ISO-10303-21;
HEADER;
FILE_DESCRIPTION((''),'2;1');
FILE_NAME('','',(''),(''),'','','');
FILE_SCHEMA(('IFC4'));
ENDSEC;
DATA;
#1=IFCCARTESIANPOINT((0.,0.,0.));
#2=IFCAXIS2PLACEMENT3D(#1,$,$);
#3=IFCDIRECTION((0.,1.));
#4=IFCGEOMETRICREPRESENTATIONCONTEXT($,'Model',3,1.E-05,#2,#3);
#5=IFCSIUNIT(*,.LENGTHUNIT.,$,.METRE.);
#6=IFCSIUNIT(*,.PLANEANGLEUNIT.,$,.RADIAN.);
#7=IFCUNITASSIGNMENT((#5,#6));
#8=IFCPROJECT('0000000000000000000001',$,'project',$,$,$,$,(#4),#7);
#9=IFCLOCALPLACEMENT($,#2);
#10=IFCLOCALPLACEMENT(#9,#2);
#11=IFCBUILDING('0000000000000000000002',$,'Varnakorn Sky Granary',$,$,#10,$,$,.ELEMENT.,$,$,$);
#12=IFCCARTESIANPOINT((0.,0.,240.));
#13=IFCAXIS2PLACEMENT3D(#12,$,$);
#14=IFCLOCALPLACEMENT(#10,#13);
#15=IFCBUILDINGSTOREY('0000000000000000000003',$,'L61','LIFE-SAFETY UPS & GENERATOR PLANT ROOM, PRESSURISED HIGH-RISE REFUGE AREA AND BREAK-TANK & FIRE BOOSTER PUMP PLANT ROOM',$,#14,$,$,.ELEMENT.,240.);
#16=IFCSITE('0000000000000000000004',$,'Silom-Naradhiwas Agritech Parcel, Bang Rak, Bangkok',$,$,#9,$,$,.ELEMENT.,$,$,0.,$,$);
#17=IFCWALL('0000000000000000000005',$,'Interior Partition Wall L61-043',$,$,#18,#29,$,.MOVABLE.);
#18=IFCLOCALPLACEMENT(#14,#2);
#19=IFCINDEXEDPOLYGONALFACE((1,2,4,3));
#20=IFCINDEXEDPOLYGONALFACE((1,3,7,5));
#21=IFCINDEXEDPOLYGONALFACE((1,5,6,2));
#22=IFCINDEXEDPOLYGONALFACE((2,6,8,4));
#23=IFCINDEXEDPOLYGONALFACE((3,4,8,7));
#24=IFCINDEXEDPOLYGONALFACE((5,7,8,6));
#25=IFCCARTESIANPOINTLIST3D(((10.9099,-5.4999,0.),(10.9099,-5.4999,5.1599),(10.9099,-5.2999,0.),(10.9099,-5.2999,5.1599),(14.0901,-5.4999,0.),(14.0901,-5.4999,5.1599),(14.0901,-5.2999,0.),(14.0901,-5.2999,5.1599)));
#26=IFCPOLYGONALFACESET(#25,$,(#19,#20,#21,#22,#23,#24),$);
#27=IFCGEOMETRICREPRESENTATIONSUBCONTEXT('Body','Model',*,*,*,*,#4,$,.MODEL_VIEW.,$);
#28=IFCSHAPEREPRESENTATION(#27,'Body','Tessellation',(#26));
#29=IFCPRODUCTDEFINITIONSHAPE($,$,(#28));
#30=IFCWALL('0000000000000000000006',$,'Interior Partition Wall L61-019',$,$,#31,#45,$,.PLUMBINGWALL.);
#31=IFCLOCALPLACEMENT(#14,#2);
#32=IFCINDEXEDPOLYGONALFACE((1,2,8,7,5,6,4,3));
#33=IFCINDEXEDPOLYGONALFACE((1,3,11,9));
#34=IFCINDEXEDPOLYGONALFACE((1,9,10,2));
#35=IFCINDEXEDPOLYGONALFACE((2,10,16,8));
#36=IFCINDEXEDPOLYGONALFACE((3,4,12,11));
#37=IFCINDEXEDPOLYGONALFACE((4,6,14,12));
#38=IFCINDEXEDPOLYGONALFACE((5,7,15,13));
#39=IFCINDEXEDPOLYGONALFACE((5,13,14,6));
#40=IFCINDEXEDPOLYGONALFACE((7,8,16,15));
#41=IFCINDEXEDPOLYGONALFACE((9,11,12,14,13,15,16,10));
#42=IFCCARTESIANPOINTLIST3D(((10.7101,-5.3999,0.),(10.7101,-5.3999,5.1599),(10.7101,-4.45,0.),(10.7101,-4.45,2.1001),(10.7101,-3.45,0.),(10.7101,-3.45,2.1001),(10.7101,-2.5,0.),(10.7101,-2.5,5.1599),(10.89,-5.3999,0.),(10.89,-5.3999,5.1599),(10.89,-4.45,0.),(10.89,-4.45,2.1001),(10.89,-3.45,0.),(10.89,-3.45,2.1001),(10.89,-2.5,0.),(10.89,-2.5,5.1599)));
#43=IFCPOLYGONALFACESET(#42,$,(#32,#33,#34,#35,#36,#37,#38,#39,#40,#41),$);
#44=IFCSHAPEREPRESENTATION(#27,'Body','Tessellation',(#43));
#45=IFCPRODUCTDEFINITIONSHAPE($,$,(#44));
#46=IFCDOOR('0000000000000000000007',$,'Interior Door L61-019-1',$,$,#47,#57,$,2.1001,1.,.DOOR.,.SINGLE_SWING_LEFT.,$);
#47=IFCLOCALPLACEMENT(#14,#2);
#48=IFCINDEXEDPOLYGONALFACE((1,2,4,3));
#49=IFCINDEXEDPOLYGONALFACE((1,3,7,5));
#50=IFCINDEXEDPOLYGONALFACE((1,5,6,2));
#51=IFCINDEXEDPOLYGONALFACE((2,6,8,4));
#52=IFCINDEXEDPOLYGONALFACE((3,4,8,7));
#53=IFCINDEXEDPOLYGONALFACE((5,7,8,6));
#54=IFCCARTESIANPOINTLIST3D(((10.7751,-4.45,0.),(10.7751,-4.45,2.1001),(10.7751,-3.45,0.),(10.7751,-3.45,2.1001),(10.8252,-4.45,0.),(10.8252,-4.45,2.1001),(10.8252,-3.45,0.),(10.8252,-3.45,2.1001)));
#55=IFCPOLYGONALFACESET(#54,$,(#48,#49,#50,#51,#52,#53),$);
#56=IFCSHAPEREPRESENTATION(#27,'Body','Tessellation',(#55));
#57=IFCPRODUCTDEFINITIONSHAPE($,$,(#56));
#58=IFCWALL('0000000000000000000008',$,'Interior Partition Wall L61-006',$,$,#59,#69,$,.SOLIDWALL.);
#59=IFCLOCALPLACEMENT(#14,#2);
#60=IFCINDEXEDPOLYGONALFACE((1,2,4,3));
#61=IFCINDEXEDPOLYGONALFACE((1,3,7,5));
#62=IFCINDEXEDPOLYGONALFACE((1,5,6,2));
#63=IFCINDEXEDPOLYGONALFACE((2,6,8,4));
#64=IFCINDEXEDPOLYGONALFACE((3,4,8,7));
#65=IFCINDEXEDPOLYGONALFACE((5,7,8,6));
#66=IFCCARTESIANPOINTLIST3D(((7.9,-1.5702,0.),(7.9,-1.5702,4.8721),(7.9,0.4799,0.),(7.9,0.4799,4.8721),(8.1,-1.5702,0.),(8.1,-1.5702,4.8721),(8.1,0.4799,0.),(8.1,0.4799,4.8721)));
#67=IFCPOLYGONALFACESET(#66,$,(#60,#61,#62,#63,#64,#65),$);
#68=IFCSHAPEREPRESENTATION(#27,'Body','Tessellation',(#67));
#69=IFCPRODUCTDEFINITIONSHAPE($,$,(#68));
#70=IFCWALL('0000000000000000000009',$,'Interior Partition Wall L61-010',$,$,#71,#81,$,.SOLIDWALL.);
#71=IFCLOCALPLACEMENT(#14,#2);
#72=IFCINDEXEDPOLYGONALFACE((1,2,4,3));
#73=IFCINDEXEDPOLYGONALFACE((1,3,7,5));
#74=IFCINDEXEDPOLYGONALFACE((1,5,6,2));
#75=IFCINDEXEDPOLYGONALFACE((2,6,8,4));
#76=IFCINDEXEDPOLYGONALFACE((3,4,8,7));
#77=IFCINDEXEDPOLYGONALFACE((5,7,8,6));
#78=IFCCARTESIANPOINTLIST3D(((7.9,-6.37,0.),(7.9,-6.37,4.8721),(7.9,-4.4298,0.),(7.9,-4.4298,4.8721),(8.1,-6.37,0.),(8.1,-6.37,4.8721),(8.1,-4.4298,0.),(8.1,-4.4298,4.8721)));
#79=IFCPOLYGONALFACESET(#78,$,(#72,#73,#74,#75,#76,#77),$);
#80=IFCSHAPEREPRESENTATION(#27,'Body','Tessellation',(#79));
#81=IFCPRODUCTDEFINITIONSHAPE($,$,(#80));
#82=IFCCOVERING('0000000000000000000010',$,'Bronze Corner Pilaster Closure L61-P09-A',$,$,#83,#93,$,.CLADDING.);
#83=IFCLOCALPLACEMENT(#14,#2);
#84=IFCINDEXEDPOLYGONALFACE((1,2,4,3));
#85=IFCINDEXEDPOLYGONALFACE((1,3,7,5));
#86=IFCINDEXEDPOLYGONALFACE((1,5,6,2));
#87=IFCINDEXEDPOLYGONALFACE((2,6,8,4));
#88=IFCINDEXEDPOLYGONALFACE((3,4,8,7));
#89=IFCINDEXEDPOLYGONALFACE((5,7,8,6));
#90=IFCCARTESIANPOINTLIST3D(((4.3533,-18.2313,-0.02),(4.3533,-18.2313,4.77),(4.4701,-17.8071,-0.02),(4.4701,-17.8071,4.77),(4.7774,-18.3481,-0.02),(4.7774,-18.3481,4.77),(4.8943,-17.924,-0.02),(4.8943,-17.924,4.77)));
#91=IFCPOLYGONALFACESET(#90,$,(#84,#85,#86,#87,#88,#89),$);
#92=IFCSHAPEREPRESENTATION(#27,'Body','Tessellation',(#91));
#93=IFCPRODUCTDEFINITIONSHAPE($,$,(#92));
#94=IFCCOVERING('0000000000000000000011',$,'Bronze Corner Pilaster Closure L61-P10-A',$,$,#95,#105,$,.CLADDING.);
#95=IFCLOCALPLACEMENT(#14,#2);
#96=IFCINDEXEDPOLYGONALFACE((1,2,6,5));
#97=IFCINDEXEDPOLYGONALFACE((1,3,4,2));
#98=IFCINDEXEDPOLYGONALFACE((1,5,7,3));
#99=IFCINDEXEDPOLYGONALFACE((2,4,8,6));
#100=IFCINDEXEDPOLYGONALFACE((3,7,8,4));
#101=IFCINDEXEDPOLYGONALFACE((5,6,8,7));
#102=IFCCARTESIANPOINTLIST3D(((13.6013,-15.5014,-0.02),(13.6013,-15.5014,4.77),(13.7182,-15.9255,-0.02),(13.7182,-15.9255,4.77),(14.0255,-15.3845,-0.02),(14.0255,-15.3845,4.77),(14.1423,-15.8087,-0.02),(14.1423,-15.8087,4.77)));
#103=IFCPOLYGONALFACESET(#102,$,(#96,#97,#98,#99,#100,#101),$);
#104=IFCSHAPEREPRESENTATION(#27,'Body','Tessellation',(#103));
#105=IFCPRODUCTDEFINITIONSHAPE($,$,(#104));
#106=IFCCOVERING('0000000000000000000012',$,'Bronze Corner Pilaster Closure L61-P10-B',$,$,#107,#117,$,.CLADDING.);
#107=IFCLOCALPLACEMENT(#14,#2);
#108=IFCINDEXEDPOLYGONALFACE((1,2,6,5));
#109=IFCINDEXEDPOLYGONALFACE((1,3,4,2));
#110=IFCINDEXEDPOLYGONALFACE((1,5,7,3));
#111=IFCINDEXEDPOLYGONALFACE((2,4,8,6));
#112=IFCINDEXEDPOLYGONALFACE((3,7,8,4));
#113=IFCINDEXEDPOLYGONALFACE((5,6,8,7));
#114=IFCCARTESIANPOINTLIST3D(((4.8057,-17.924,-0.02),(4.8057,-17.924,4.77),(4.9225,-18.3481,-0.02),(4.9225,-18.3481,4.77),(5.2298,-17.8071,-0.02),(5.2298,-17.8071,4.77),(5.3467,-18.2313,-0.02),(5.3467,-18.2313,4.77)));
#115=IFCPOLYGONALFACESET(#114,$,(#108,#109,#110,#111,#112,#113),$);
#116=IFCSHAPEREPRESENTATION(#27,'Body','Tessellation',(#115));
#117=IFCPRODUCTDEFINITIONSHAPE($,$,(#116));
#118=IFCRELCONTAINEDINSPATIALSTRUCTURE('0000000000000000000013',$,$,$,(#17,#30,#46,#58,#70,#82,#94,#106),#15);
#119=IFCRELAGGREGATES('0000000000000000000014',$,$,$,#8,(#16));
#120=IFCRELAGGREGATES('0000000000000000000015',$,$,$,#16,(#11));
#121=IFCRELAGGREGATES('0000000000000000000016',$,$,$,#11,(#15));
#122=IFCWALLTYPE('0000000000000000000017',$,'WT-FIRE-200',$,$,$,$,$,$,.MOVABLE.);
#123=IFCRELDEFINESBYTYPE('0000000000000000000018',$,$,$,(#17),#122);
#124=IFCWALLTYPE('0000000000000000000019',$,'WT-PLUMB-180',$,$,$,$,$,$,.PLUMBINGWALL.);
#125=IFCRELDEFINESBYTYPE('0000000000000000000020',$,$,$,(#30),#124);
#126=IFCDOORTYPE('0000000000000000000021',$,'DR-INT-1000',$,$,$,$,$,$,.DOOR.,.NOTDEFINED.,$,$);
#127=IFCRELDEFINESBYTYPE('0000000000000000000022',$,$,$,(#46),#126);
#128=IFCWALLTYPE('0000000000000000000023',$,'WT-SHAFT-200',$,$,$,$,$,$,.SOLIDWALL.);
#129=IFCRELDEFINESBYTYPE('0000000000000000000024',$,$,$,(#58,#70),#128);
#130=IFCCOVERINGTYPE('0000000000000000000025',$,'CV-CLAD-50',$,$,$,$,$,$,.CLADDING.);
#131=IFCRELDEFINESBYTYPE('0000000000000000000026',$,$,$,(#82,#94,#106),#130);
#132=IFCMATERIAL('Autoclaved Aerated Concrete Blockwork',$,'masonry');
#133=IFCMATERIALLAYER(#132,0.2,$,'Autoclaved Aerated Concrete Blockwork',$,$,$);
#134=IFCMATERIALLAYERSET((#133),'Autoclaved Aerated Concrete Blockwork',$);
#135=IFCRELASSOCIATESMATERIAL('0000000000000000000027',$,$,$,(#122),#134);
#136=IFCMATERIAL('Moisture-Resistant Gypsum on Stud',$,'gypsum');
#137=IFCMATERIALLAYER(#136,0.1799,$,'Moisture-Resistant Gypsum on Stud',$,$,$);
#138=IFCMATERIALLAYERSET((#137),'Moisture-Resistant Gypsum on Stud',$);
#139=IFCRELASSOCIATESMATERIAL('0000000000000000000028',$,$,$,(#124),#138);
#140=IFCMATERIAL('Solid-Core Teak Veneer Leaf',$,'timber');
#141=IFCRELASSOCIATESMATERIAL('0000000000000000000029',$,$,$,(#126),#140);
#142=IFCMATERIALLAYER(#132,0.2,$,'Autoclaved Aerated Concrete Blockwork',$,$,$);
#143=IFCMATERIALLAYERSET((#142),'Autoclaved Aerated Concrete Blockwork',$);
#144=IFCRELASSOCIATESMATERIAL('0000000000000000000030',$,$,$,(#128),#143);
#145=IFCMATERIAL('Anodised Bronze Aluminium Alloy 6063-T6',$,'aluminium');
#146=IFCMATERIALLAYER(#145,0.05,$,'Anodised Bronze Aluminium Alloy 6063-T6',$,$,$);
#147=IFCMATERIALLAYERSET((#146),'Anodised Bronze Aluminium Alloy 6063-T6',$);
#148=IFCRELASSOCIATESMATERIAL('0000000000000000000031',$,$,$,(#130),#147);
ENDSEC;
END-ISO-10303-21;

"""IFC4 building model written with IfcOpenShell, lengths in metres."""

from ifc_helpers import new_model, si_unit, direction, frame, frame_2d, origin, origin_2d, place, context, subcontext, project, spatial, rectangle, extrude, source, transform, mapped, material, layer, layer_set, type_object, type_shapes, element, fill, save


model = new_model("IFC4")

# Units and contexts
model_context = context("Model", 3, precision=1e-05, world=origin(), true_north=direction((0.0, 1.0)))
body_context = subcontext(model_context, "Body", "Model", "MODEL_VIEW")
ifc_project = project(units=[si_unit("LENGTHUNIT", "METRE"), si_unit("PLANEANGLEUNIT", "RADIAN")], contexts=[model_context])

# Site, building, storey
site_placement = place(None, origin())
site = spatial("IfcSite", under=ifc_project, at=site_placement, Name="Silom-Naradhiwas Agritech Parcel, Bang Rak, Bangkok", CompositionType="ELEMENT", RefElevation=0.0)
building_placement = place(site_placement, origin())
building = spatial("IfcBuilding", under=site, at=building_placement, Name="Varnakorn Sky Granary", CompositionType="ELEMENT")
storey_placement = place(building_placement, frame((0.0, 0.0, 240.0)))
storey = spatial("IfcBuildingStorey", under=building, at=storey_placement, Name="L61", Description="LIFE-SAFETY UPS & GENERATOR PLANT ROOM, PRESSURISED HIGH-RISE REFUGE AREA AND BREAK-TANK & FIRE BOOSTER PUMP PLANT ROOM", CompositionType="ELEMENT", Elevation=240.0)

# Shared definitions
ifc_material_1 = material(Name="Autoclaved Aerated Concrete Blockwork", Category="masonry")
ifc_layer_1 = layer(ifc_material_1, 0.2, Name="Autoclaved Aerated Concrete Blockwork")
ifc_layer_set_1 = layer_set([ifc_layer_1], Name="Autoclaved Aerated Concrete Blockwork")
wall_type_1 = type_object("IfcWallType", Name="WT-FIRE-200", PredefinedType="MOVABLE", material=ifc_layer_set_1)

# Wall
wall_1_placement = place(storey_placement, frame((14.0901, -5.3999, 0.0), z_axis=(0.0, 0.0, 1.0), x_axis=(-1.0, 0.0, 0.0)))
element("IfcWall", 1, at=wall_1_placement, inside=storey, type_object=wall_type_1, Name="Interior Partition Wall L61-043", PredefinedType="MOVABLE", context=body_context, shape_type="SweptSolid", body=[
    extrude(rectangle(XDim=3.1802, YDim=0.2, at=frame_2d((1.5901, 0.0))), origin(), (0.0, 0.0, 1.0), 5.1599),
])

# Wall, opening, door
ifc_material_2 = material(Name="Moisture-Resistant Gypsum on Stud", Category="gypsum")
ifc_layer_2 = layer(ifc_material_2, 0.1799, Name="Moisture-Resistant Gypsum on Stud")
ifc_layer_set_2 = layer_set([ifc_layer_2], Name="Moisture-Resistant Gypsum on Stud")
wall_type_2 = type_object("IfcWallType", Name="WT-PLUMB-180", PredefinedType="PLUMBINGWALL", material=ifc_layer_set_2)
wall_2_placement = place(storey_placement, frame((10.8, -5.3999, 0.0), z_axis=(0.0, 0.0, 1.0), x_axis=(0.0, 1.0, 0.0)))
wall_2 = element("IfcWall", 2, at=wall_2_placement, inside=storey, type_object=wall_type_2, Name="Interior Partition Wall L61-019", PredefinedType="PLUMBINGWALL", context=body_context, shape_type="SweptSolid", body=[
    extrude(rectangle(XDim=2.8999, YDim=0.1799, at=frame_2d((1.45, 0.0))), origin(), (0.0, 0.0, 1.0), 5.1599),
])
opening_1_placement = place(wall_2_placement, frame((0.95, 0.0, 0.0)))
opening_1 = element("IfcOpeningElement", 3, at=opening_1_placement, cuts=wall_2, PredefinedType="OPENING", context=body_context, shape_type="SweptSolid", body=[
    extrude(rectangle(XDim=1.0, YDim=2.1001, at=frame_2d((0.5, 1.05))), frame((0.0, 0.1001, 0.0), z_axis=(0.0, -1.0, 0.0), x_axis=(1.0, 0.0, 0.0)), (0.0, 0.0, 1.0), 0.2),
])
ifc_material_3 = material(Name="Solid-Core Teak Veneer Leaf", Category="timber")
door_type_1 = type_object("IfcDoorType", Name="DR-INT-1000", OperationType="NOTDEFINED", PredefinedType="DOOR", material=ifc_material_3)
door_1_placement = place(opening_1_placement, origin())
door_1 = element("IfcDoor", 4, at=door_1_placement, inside=storey, type_object=door_type_1, Name="Interior Door L61-019-1", OperationType="SINGLE_SWING_LEFT", OverallHeight=2.1001, OverallWidth=1.0, PredefinedType="DOOR", context=body_context, shape_type="SweptSolid", body=[
    extrude(rectangle(XDim=1.0, YDim=2.1001, at=frame_2d((0.5, 1.05))), frame((0.0, 0.0249, 0.0), z_axis=(0.0, -1.0, 0.0), x_axis=(1.0, 0.0, 0.0)), (0.0, 0.0, 1.0), 0.05),
])
fill(opening_1, door_1)

# Walls
ifc_layer_3 = layer(ifc_material_1, 0.2, Name="Autoclaved Aerated Concrete Blockwork")
ifc_layer_set_3 = layer_set([ifc_layer_3], Name="Autoclaved Aerated Concrete Blockwork")
wall_type_3 = type_object("IfcWallType", Name="WT-SHAFT-200", PredefinedType="SOLIDWALL", material=ifc_layer_set_3)
wall_3_placement = place(storey_placement, frame((8.0, -1.5701, 0.0), z_axis=(0.0, 0.0, 1.0), x_axis=(0.0, 1.0, 0.0)))
element("IfcWall", 5, at=wall_3_placement, inside=storey, type_object=wall_type_3, Name="Interior Partition Wall L61-006", PredefinedType="SOLIDWALL", context=body_context, shape_type="SweptSolid", body=[
    extrude(rectangle(XDim=2.05, YDim=0.2, at=frame_2d((1.0249, 0.0))), origin(), (0.0, 0.0, 1.0), 4.8721),
])
wall_4_placement = place(storey_placement, frame((8.0, -6.3701, 0.0), z_axis=(0.0, 0.0, 1.0), x_axis=(0.0, 1.0, 0.0)))
element("IfcWall", 6, at=wall_4_placement, inside=storey, type_object=wall_type_3, Name="Interior Partition Wall L61-010", PredefinedType="SOLIDWALL", context=body_context, shape_type="SweptSolid", body=[
    extrude(rectangle(XDim=1.9402, YDim=0.2, at=frame_2d((0.9702, 0.0))), origin(), (0.0, 0.0, 1.0), 4.8721),
])

# Coverings
ifc_material_4 = material(Name="Anodised Bronze Aluminium Alloy 6063-T6", Category="aluminium")
ifc_layer_4 = layer(ifc_material_4, 0.05, Name="Anodised Bronze Aluminium Alloy 6063-T6")
ifc_layer_set_4 = layer_set([ifc_layer_4], Name="Anodised Bronze Aluminium Alloy 6063-T6")
covering_type = type_object("IfcCoveringType", Name="CV-CLAD-50", PredefinedType="CLADDING", material=ifc_layer_set_4)
shared_shape = source(origin(), body_context, "Body", "SweptSolid", [
    extrude(rectangle(XDim=0.4399, YDim=0.4399, at=origin_2d()), origin(), (0.0, 0.0, 1.0), 4.79),
])
type_shapes(covering_type, [shared_shape])
for number, where, z_axis, x_axis, name in (
    (7, (4.6238, -18.0776, -0.02), (0.0, 0.0, 1.0), (-0.964095, 0.265556, 0.0), "Bronze Corner Pilaster Closure L61-P09-A"),
    (8, (13.8718, -15.655, -0.02), (0.0, 0.0, 1.0), (-0.964095, -0.265556, 0.0), "Bronze Corner Pilaster Closure L61-P10-A"),
    (9, (5.0762, -18.0776, -0.02), (0.0, 0.0, 1.0), (-0.964095, -0.265556, 0.0), "Bronze Corner Pilaster Closure L61-P10-B"),
):
    element("IfcCovering", number, at=place(storey_placement, frame(where, z_axis=z_axis, x_axis=x_axis)), inside=storey, type_object=covering_type, Name=name, PredefinedType="CLADDING", context=body_context, shape_type="MappedRepresentation", body=[
        mapped(shared_shape, transform((0.0, 0.0, 0.0), x_axis=(1.0, 0.0, 0.0), y_axis=(0.0, 1.0, 0.0), z_axis=(0.0, 0.0, 1.0), scale=1.0)),
    ])

save(model, "model.ifc")
